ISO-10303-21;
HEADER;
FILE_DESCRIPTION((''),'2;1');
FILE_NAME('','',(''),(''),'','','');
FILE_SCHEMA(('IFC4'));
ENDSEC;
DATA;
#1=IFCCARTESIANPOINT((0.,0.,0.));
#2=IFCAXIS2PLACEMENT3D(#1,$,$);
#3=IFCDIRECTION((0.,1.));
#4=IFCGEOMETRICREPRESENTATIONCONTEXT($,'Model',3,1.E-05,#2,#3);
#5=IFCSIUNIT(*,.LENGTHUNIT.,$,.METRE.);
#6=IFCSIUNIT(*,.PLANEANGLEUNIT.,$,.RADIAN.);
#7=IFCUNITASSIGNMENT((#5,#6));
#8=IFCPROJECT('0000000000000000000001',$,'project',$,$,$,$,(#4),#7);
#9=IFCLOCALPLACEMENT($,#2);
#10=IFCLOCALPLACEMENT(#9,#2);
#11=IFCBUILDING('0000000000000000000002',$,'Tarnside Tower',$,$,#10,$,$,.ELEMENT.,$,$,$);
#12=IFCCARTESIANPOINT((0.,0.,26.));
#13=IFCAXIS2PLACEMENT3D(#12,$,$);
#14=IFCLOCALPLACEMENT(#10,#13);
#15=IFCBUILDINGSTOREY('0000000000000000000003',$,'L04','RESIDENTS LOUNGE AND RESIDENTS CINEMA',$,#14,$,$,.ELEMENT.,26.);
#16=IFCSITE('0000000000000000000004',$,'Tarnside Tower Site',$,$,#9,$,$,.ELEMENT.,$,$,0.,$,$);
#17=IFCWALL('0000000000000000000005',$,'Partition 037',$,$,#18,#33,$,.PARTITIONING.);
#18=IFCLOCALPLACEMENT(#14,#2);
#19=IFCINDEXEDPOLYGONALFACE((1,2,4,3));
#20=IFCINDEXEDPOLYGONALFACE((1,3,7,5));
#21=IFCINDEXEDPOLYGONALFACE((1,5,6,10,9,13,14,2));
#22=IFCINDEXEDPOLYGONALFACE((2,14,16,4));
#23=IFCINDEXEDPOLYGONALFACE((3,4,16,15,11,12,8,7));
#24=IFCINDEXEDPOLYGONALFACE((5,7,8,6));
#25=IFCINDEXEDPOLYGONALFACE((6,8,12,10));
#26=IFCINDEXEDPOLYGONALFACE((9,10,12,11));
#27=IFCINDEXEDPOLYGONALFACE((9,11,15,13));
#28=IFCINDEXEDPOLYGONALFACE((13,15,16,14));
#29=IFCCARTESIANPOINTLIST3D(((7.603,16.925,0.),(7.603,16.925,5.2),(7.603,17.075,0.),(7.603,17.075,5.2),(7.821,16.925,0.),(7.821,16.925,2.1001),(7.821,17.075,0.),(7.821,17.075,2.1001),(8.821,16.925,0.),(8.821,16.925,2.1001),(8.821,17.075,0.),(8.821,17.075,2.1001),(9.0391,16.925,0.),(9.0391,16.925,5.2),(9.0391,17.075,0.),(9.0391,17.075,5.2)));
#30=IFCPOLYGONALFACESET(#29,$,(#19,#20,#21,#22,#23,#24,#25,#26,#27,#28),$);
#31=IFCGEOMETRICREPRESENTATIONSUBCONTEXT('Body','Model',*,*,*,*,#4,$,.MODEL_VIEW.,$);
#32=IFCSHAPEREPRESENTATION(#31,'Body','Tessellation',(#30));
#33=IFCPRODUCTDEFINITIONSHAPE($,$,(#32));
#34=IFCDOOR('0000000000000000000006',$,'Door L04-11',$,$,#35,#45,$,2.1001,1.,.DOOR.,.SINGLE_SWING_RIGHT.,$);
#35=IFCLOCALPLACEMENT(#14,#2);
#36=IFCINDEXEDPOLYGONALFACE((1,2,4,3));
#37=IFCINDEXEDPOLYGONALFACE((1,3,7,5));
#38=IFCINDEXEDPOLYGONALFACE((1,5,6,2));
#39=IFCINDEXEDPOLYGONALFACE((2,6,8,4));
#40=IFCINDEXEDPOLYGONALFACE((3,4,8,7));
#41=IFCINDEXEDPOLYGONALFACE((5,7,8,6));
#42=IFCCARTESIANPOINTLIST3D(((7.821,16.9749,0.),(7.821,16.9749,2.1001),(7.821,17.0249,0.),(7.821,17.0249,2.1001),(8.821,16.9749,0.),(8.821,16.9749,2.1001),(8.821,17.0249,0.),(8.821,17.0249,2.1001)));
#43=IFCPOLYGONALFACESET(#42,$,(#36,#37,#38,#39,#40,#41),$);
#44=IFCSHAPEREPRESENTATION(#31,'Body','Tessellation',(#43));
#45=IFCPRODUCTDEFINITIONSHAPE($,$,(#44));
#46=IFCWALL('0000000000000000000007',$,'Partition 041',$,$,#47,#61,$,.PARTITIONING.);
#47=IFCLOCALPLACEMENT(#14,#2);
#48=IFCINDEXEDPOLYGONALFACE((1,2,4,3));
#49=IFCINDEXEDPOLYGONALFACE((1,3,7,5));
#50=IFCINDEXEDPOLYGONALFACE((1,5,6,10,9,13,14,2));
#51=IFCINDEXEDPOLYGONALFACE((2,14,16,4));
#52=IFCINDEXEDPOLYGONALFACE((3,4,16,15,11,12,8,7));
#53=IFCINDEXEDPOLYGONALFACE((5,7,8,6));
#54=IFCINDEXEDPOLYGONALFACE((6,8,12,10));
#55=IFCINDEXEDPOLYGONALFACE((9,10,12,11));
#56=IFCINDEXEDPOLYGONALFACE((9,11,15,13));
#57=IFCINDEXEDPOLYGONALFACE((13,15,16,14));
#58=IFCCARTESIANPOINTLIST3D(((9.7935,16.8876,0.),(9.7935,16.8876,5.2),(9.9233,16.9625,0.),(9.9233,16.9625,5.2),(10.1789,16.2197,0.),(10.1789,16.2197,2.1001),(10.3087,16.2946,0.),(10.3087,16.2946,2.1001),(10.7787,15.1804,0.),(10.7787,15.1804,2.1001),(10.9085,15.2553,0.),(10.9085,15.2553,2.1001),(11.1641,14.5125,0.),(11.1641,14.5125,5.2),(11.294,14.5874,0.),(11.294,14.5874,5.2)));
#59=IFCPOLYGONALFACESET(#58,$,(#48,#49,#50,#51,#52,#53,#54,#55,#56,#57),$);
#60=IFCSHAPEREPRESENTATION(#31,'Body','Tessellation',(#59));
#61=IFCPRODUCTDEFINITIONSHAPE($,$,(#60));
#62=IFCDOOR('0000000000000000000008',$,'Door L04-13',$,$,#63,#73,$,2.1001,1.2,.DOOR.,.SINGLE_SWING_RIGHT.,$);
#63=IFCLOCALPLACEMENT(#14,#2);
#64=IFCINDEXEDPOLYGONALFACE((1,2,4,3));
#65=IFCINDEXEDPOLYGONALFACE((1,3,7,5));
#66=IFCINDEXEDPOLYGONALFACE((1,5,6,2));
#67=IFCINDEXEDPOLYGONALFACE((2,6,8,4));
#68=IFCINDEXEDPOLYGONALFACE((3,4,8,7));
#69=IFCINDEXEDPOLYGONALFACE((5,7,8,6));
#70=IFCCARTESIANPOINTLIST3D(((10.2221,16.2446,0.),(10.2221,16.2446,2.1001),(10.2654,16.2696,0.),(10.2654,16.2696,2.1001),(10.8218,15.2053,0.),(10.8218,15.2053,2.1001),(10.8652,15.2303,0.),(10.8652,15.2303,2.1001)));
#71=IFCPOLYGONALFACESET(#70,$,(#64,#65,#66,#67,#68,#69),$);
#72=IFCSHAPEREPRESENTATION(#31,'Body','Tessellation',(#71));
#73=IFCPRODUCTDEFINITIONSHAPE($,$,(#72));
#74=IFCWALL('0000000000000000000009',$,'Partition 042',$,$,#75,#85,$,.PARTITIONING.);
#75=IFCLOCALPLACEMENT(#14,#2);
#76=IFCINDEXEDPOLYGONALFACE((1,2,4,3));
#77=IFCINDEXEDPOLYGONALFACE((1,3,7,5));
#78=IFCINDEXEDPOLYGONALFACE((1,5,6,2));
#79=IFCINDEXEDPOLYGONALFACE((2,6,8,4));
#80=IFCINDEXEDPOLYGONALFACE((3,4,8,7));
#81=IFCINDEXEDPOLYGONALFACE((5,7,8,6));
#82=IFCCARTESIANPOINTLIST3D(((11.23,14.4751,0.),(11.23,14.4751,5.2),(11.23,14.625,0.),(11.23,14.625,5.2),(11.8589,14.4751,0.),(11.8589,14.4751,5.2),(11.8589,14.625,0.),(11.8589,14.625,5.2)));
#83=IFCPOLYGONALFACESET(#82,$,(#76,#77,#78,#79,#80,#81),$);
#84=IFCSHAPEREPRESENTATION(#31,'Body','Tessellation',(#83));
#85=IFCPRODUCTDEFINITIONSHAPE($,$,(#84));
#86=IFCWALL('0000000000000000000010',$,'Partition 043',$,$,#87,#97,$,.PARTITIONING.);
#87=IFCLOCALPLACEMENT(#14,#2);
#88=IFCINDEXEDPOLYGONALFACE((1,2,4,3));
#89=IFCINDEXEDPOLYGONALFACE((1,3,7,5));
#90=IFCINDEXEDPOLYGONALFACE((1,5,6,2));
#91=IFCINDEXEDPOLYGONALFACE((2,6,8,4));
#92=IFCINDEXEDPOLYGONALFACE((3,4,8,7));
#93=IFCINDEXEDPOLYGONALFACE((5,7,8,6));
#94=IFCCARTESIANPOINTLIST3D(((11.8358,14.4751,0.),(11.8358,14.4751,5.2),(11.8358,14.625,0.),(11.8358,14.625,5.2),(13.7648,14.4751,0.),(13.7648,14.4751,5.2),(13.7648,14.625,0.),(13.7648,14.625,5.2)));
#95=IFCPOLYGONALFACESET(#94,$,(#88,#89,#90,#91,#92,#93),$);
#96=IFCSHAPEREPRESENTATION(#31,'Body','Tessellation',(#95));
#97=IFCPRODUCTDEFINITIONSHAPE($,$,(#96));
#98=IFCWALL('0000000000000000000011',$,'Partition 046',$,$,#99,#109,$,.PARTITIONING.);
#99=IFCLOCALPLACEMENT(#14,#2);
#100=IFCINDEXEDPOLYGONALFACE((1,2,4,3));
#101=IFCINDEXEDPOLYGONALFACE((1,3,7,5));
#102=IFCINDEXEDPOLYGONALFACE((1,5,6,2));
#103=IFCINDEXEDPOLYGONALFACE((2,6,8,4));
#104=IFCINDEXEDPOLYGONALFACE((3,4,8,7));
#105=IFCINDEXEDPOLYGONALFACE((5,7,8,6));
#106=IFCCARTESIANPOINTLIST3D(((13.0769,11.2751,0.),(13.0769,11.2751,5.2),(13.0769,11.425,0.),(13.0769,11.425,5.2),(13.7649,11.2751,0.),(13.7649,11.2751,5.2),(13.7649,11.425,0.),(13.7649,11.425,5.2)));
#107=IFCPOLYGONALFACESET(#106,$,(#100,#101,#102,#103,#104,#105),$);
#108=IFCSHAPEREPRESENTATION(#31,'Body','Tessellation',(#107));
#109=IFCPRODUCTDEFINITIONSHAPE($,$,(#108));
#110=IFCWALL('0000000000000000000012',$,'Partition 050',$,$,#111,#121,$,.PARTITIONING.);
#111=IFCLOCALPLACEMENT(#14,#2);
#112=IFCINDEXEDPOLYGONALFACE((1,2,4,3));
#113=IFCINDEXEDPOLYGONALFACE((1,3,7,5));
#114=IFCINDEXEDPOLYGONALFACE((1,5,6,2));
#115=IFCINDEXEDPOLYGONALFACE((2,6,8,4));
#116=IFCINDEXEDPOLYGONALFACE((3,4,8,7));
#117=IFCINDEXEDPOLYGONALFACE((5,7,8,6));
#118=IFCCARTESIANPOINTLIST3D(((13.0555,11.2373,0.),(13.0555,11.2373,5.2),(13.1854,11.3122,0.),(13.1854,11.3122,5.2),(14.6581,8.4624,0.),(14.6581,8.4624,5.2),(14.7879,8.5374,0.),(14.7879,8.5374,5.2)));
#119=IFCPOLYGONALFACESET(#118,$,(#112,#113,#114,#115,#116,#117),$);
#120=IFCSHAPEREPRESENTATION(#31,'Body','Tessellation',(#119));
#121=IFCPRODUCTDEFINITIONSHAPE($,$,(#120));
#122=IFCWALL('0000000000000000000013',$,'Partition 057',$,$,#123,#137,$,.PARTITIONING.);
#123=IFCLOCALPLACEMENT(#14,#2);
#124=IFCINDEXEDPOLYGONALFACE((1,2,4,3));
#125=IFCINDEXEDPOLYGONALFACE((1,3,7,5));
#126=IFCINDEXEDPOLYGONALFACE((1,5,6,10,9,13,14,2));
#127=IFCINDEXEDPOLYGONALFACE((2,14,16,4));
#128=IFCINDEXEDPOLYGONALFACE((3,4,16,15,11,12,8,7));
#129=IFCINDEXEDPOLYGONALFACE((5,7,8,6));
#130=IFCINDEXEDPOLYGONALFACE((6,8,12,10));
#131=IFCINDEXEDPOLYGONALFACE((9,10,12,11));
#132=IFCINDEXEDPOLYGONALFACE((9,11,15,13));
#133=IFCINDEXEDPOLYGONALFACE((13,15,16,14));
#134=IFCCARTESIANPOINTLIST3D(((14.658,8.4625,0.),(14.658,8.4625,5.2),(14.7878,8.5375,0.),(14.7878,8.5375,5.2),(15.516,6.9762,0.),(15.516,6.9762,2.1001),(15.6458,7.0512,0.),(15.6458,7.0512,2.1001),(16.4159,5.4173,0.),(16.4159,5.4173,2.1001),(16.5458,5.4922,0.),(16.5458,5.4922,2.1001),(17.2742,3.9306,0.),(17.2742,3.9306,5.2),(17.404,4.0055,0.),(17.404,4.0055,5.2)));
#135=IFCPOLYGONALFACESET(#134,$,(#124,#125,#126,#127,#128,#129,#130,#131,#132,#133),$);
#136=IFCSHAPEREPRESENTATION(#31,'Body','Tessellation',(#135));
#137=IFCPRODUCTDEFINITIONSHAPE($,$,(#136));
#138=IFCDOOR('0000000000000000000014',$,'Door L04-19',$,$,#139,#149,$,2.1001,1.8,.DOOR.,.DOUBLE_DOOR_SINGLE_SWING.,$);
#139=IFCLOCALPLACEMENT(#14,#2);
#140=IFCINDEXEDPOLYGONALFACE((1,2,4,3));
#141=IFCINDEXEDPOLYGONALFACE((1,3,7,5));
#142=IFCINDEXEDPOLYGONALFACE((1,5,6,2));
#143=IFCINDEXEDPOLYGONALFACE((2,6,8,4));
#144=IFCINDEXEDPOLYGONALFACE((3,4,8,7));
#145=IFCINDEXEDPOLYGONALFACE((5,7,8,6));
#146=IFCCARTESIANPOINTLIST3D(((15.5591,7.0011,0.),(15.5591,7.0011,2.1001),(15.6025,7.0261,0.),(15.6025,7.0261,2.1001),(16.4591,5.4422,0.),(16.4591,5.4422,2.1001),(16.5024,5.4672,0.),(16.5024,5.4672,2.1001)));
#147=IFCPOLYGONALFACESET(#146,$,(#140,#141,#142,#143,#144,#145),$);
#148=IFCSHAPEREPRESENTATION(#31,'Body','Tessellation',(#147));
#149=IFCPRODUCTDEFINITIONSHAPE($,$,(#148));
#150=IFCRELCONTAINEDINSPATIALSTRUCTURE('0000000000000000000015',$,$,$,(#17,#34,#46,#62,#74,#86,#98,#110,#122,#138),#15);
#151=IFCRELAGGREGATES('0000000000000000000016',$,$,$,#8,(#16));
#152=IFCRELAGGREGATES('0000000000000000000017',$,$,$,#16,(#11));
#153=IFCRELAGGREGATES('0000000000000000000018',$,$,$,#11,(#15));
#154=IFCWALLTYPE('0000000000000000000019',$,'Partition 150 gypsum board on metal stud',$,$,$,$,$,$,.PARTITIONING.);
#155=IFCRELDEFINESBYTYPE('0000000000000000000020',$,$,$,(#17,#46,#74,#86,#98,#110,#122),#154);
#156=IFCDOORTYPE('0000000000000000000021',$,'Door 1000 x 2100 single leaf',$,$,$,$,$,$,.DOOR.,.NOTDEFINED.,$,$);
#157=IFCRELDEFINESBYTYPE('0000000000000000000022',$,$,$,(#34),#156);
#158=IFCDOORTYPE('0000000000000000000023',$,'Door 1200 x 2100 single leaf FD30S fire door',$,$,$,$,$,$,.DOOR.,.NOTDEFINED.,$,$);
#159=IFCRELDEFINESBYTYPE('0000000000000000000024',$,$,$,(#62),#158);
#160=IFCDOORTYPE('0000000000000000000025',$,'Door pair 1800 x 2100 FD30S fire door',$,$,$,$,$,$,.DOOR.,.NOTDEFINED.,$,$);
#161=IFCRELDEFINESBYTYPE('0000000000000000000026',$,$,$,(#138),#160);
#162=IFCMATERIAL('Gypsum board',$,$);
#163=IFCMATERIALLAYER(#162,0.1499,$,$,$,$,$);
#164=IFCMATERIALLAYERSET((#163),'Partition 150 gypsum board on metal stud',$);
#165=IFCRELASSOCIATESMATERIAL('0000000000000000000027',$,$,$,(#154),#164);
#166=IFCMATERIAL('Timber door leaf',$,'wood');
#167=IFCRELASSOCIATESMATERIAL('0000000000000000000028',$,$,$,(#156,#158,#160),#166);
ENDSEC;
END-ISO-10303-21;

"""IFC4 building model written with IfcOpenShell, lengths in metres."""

from ifc_helpers import new_model, si_unit, direction, frame, frame_2d, origin, place, context, subcontext, project, spatial, rectangle, extrude, material, layer, layer_set, type_object, element, fill, save


model = new_model("IFC4")

# Units and contexts
model_context = context("Model", 3, precision=1e-05, world=origin(), true_north=direction((0.0, 1.0)))
body_context = subcontext(model_context, "Body", "Model", "MODEL_VIEW")
ifc_project = project(units=[si_unit("LENGTHUNIT", "METRE"), si_unit("PLANEANGLEUNIT", "RADIAN")], contexts=[model_context])

# Site, building, storey
site_placement = place(None, origin())
site = spatial("IfcSite", under=ifc_project, at=site_placement, Name="Tarnside Tower Site", CompositionType="ELEMENT", RefElevation=0.0)
building_placement = place(site_placement, origin())
building = spatial("IfcBuilding", under=site, at=building_placement, Name="Tarnside Tower", CompositionType="ELEMENT")
storey_placement = place(building_placement, frame((0.0, 0.0, 26.0)))
storey = spatial("IfcBuildingStorey", under=building, at=storey_placement, Name="L04", Description="RESIDENTS LOUNGE AND RESIDENTS CINEMA", CompositionType="ELEMENT", Elevation=26.0)

# Walls, openings, doors
ifc_material_1 = material(Name="Gypsum board")
ifc_layer_1 = layer(ifc_material_1, 0.1499)
ifc_layer_set_1 = layer_set([ifc_layer_1], Name="Partition 150 gypsum board on metal stud")
wall_type_1 = type_object("IfcWallType", Name="Partition 150 gypsum board on metal stud", PredefinedType="PARTITIONING", material=ifc_layer_set_1)
ifc_material_2 = material(Name="Timber door leaf", Category="wood")
wall_1_placement = place(storey_placement, frame((7.603, 17.0, 0.0), z_axis=(0.0, 0.0, 1.0), x_axis=(1.0, 0.0, 0.0)))
wall_1 = element("IfcWall", 1, at=wall_1_placement, inside=storey, type_object=wall_type_1, Name="Partition 037", PredefinedType="PARTITIONING", context=body_context, shape_type="SweptSolid", body=[
    extrude(rectangle(XDim=1.436, YDim=0.1499, at=frame_2d((0.718, 0.0))), origin(), (0.0, 0.0, 1.0), 5.2),
])
opening_1_placement = place(wall_1_placement, frame((0.218, 0.0, 0.0)))
opening_1 = element("IfcOpeningElement", 2, at=opening_1_placement, cuts=wall_1, PredefinedType="OPENING", context=body_context, shape_type="SweptSolid", body=[
    extrude(rectangle(XDim=1.0, YDim=2.1001, at=frame_2d((0.5, 1.05))), frame((0.0, 0.085, 0.0), z_axis=(0.0, -1.0, 0.0), x_axis=(1.0, 0.0, 0.0)), (0.0, 0.0, 1.0), 0.1699),
])
door_type_1 = type_object("IfcDoorType", Name="Door 1000 x 2100 single leaf", OperationType="NOTDEFINED", PredefinedType="DOOR", material=ifc_material_2)
door_1_placement = place(opening_1_placement, origin())
door_1 = element("IfcDoor", 3, at=door_1_placement, inside=storey, type_object=door_type_1, Name="Door L04-11", OperationType="SINGLE_SWING_RIGHT", OverallHeight=2.1001, OverallWidth=1.0, PredefinedType="DOOR", context=body_context, shape_type="SweptSolid", body=[
    extrude(rectangle(XDim=1.0, YDim=2.1001, at=frame_2d((0.5, 1.05))), frame((0.0, 0.0249, 0.0), z_axis=(0.0, -1.0, 0.0), x_axis=(1.0, 0.0, 0.0)), (0.0, 0.0, 1.0), 0.05),
])
fill(opening_1, door_1)
wall_2_placement = place(storey_placement, frame((9.8584, 16.925, 0.0), z_axis=(0.0, 0.0, 1.0), x_axis=(0.499835, -0.86612, 0.0)))
wall_2 = element("IfcWall", 4, at=wall_2_placement, inside=storey, type_object=wall_type_1, Name="Partition 041", PredefinedType="PARTITIONING", context=body_context, shape_type="SweptSolid", body=[
    extrude(rectangle(XDim=2.7422, YDim=0.1499, at=frame_2d((1.3711, 0.0))), origin(), (0.0, 0.0, 1.0), 5.2),
])
opening_2_placement = place(wall_2_placement, frame((0.771, 0.0, 0.0)))
opening_2 = element("IfcOpeningElement", 5, at=opening_2_placement, cuts=wall_2, PredefinedType="OPENING", context=body_context, shape_type="SweptSolid", body=[
    extrude(rectangle(XDim=1.2, YDim=2.1001, at=frame_2d((0.6001, 1.05))), frame((0.0, 0.085, 0.0), z_axis=(0.0, -1.0, 0.0), x_axis=(1.0, 0.0, 0.0)), (0.0, 0.0, 1.0), 0.1699),
])
door_type_2 = type_object("IfcDoorType", Name="Door 1200 x 2100 single leaf FD30S fire door", OperationType="NOTDEFINED", PredefinedType="DOOR", material=ifc_material_2)
door_2_placement = place(opening_2_placement, origin())
door_2 = element("IfcDoor", 6, at=door_2_placement, inside=storey, type_object=door_type_2, Name="Door L04-13", OperationType="SINGLE_SWING_RIGHT", OverallHeight=2.1001, OverallWidth=1.2, PredefinedType="DOOR", context=body_context, shape_type="SweptSolid", body=[
    extrude(rectangle(XDim=1.2, YDim=2.1001, at=frame_2d((0.6001, 1.05))), frame((0.0, 0.0249, 0.0), z_axis=(0.0, -1.0, 0.0), x_axis=(1.0, 0.0, 0.0)), (0.0, 0.0, 1.0), 0.05),
])
fill(opening_2, door_2)

# Walls
wall_3_placement = place(storey_placement, frame((11.23, 14.55, 0.0), z_axis=(0.0, 0.0, 1.0), x_axis=(1.0, 0.0, 0.0)))
element("IfcWall", 7, at=wall_3_placement, inside=storey, type_object=wall_type_1, Name="Partition 042", PredefinedType="PARTITIONING", context=body_context, shape_type="SweptSolid", body=[
    extrude(rectangle(XDim=0.6289, YDim=0.1499, at=frame_2d((0.3145, 0.0))), origin(), (0.0, 0.0, 1.0), 5.2),
])
wall_4_placement = place(storey_placement, frame((11.8359, 14.55, 0.0), z_axis=(0.0, 0.0, 1.0), x_axis=(1.0, 0.0, 0.0)))
element("IfcWall", 8, at=wall_4_placement, inside=storey, type_object=wall_type_1, Name="Partition 043", PredefinedType="PARTITIONING", context=body_context, shape_type="SweptSolid", body=[
    extrude(rectangle(XDim=1.929, YDim=0.1499, at=frame_2d((0.9644, 0.0))), origin(), (0.0, 0.0, 1.0), 5.2),
])
wall_5_placement = place(storey_placement, frame((13.7649, 11.3501, 0.0), z_axis=(0.0, 0.0, 1.0), x_axis=(-1.0, 0.0, 0.0)))
element("IfcWall", 9, at=wall_5_placement, inside=storey, type_object=wall_type_1, Name="Partition 046", PredefinedType="PARTITIONING", context=body_context, shape_type="SweptSolid", body=[
    extrude(rectangle(XDim=0.688, YDim=0.1499, at=frame_2d((0.344, 0.0))), origin(), (0.0, 0.0, 1.0), 5.2),
])
wall_6_placement = place(storey_placement, frame((14.7229, 8.5, 0.0), z_axis=(0.0, 0.0, 1.0), x_axis=(-0.500105, 0.865965, 0.0)))
element("IfcWall", 10, at=wall_6_placement, inside=storey, type_object=wall_type_1, Name="Partition 050", PredefinedType="PARTITIONING", context=body_context, shape_type="SweptSolid", body=[
    extrude(rectangle(XDim=3.2043, YDim=0.1499, at=frame_2d((1.6021, 0.0))), origin(), (0.0, 0.0, 1.0), 5.2),
])

# Wall, opening, door
wall_7_placement = place(storey_placement, frame((14.7229, 8.5, 0.0), z_axis=(0.0, 0.0, 1.0), x_axis=(0.499953, -0.866053, 0.0)))
wall_7 = element("IfcWall", 11, at=wall_7_placement, inside=storey, type_object=wall_type_1, Name="Partition 057", PredefinedType="PARTITIONING", context=body_context, shape_type="SweptSolid", body=[
    extrude(rectangle(XDim=5.2329, YDim=0.1499, at=frame_2d((2.6165, 0.0))), origin(), (0.0, 0.0, 1.0), 5.2),
])
opening_3_placement = place(wall_7_placement, frame((1.7163, 0.0, 0.0)))
opening_3 = element("IfcOpeningElement", 12, at=opening_3_placement, cuts=wall_7, PredefinedType="OPENING", context=body_context, shape_type="SweptSolid", body=[
    extrude(rectangle(XDim=1.8, YDim=2.1001, at=frame_2d((0.8999, 1.05))), frame((0.0, 0.085, 0.0), z_axis=(0.0, -1.0, 0.0), x_axis=(1.0, 0.0, 0.0)), (0.0, 0.0, 1.0), 0.1699),
])
door_type_3 = type_object("IfcDoorType", Name="Door pair 1800 x 2100 FD30S fire door", OperationType="NOTDEFINED", PredefinedType="DOOR", material=ifc_material_2)
door_3_placement = place(opening_3_placement, origin())
door_3 = element("IfcDoor", 13, at=door_3_placement, inside=storey, type_object=door_type_3, Name="Door L04-19", OperationType="DOUBLE_DOOR_SINGLE_SWING", OverallHeight=2.1001, OverallWidth=1.8, PredefinedType="DOOR", context=body_context, shape_type="SweptSolid", body=[
    extrude(rectangle(XDim=1.8, YDim=2.1001, at=frame_2d((0.8999, 1.05))), frame((0.0, 0.0249, 0.0), z_axis=(0.0, -1.0, 0.0), x_axis=(1.0, 0.0, 0.0)), (0.0, 0.0, 1.0), 0.05),
])
fill(opening_3, door_3)

save(model, "model.ifc")
